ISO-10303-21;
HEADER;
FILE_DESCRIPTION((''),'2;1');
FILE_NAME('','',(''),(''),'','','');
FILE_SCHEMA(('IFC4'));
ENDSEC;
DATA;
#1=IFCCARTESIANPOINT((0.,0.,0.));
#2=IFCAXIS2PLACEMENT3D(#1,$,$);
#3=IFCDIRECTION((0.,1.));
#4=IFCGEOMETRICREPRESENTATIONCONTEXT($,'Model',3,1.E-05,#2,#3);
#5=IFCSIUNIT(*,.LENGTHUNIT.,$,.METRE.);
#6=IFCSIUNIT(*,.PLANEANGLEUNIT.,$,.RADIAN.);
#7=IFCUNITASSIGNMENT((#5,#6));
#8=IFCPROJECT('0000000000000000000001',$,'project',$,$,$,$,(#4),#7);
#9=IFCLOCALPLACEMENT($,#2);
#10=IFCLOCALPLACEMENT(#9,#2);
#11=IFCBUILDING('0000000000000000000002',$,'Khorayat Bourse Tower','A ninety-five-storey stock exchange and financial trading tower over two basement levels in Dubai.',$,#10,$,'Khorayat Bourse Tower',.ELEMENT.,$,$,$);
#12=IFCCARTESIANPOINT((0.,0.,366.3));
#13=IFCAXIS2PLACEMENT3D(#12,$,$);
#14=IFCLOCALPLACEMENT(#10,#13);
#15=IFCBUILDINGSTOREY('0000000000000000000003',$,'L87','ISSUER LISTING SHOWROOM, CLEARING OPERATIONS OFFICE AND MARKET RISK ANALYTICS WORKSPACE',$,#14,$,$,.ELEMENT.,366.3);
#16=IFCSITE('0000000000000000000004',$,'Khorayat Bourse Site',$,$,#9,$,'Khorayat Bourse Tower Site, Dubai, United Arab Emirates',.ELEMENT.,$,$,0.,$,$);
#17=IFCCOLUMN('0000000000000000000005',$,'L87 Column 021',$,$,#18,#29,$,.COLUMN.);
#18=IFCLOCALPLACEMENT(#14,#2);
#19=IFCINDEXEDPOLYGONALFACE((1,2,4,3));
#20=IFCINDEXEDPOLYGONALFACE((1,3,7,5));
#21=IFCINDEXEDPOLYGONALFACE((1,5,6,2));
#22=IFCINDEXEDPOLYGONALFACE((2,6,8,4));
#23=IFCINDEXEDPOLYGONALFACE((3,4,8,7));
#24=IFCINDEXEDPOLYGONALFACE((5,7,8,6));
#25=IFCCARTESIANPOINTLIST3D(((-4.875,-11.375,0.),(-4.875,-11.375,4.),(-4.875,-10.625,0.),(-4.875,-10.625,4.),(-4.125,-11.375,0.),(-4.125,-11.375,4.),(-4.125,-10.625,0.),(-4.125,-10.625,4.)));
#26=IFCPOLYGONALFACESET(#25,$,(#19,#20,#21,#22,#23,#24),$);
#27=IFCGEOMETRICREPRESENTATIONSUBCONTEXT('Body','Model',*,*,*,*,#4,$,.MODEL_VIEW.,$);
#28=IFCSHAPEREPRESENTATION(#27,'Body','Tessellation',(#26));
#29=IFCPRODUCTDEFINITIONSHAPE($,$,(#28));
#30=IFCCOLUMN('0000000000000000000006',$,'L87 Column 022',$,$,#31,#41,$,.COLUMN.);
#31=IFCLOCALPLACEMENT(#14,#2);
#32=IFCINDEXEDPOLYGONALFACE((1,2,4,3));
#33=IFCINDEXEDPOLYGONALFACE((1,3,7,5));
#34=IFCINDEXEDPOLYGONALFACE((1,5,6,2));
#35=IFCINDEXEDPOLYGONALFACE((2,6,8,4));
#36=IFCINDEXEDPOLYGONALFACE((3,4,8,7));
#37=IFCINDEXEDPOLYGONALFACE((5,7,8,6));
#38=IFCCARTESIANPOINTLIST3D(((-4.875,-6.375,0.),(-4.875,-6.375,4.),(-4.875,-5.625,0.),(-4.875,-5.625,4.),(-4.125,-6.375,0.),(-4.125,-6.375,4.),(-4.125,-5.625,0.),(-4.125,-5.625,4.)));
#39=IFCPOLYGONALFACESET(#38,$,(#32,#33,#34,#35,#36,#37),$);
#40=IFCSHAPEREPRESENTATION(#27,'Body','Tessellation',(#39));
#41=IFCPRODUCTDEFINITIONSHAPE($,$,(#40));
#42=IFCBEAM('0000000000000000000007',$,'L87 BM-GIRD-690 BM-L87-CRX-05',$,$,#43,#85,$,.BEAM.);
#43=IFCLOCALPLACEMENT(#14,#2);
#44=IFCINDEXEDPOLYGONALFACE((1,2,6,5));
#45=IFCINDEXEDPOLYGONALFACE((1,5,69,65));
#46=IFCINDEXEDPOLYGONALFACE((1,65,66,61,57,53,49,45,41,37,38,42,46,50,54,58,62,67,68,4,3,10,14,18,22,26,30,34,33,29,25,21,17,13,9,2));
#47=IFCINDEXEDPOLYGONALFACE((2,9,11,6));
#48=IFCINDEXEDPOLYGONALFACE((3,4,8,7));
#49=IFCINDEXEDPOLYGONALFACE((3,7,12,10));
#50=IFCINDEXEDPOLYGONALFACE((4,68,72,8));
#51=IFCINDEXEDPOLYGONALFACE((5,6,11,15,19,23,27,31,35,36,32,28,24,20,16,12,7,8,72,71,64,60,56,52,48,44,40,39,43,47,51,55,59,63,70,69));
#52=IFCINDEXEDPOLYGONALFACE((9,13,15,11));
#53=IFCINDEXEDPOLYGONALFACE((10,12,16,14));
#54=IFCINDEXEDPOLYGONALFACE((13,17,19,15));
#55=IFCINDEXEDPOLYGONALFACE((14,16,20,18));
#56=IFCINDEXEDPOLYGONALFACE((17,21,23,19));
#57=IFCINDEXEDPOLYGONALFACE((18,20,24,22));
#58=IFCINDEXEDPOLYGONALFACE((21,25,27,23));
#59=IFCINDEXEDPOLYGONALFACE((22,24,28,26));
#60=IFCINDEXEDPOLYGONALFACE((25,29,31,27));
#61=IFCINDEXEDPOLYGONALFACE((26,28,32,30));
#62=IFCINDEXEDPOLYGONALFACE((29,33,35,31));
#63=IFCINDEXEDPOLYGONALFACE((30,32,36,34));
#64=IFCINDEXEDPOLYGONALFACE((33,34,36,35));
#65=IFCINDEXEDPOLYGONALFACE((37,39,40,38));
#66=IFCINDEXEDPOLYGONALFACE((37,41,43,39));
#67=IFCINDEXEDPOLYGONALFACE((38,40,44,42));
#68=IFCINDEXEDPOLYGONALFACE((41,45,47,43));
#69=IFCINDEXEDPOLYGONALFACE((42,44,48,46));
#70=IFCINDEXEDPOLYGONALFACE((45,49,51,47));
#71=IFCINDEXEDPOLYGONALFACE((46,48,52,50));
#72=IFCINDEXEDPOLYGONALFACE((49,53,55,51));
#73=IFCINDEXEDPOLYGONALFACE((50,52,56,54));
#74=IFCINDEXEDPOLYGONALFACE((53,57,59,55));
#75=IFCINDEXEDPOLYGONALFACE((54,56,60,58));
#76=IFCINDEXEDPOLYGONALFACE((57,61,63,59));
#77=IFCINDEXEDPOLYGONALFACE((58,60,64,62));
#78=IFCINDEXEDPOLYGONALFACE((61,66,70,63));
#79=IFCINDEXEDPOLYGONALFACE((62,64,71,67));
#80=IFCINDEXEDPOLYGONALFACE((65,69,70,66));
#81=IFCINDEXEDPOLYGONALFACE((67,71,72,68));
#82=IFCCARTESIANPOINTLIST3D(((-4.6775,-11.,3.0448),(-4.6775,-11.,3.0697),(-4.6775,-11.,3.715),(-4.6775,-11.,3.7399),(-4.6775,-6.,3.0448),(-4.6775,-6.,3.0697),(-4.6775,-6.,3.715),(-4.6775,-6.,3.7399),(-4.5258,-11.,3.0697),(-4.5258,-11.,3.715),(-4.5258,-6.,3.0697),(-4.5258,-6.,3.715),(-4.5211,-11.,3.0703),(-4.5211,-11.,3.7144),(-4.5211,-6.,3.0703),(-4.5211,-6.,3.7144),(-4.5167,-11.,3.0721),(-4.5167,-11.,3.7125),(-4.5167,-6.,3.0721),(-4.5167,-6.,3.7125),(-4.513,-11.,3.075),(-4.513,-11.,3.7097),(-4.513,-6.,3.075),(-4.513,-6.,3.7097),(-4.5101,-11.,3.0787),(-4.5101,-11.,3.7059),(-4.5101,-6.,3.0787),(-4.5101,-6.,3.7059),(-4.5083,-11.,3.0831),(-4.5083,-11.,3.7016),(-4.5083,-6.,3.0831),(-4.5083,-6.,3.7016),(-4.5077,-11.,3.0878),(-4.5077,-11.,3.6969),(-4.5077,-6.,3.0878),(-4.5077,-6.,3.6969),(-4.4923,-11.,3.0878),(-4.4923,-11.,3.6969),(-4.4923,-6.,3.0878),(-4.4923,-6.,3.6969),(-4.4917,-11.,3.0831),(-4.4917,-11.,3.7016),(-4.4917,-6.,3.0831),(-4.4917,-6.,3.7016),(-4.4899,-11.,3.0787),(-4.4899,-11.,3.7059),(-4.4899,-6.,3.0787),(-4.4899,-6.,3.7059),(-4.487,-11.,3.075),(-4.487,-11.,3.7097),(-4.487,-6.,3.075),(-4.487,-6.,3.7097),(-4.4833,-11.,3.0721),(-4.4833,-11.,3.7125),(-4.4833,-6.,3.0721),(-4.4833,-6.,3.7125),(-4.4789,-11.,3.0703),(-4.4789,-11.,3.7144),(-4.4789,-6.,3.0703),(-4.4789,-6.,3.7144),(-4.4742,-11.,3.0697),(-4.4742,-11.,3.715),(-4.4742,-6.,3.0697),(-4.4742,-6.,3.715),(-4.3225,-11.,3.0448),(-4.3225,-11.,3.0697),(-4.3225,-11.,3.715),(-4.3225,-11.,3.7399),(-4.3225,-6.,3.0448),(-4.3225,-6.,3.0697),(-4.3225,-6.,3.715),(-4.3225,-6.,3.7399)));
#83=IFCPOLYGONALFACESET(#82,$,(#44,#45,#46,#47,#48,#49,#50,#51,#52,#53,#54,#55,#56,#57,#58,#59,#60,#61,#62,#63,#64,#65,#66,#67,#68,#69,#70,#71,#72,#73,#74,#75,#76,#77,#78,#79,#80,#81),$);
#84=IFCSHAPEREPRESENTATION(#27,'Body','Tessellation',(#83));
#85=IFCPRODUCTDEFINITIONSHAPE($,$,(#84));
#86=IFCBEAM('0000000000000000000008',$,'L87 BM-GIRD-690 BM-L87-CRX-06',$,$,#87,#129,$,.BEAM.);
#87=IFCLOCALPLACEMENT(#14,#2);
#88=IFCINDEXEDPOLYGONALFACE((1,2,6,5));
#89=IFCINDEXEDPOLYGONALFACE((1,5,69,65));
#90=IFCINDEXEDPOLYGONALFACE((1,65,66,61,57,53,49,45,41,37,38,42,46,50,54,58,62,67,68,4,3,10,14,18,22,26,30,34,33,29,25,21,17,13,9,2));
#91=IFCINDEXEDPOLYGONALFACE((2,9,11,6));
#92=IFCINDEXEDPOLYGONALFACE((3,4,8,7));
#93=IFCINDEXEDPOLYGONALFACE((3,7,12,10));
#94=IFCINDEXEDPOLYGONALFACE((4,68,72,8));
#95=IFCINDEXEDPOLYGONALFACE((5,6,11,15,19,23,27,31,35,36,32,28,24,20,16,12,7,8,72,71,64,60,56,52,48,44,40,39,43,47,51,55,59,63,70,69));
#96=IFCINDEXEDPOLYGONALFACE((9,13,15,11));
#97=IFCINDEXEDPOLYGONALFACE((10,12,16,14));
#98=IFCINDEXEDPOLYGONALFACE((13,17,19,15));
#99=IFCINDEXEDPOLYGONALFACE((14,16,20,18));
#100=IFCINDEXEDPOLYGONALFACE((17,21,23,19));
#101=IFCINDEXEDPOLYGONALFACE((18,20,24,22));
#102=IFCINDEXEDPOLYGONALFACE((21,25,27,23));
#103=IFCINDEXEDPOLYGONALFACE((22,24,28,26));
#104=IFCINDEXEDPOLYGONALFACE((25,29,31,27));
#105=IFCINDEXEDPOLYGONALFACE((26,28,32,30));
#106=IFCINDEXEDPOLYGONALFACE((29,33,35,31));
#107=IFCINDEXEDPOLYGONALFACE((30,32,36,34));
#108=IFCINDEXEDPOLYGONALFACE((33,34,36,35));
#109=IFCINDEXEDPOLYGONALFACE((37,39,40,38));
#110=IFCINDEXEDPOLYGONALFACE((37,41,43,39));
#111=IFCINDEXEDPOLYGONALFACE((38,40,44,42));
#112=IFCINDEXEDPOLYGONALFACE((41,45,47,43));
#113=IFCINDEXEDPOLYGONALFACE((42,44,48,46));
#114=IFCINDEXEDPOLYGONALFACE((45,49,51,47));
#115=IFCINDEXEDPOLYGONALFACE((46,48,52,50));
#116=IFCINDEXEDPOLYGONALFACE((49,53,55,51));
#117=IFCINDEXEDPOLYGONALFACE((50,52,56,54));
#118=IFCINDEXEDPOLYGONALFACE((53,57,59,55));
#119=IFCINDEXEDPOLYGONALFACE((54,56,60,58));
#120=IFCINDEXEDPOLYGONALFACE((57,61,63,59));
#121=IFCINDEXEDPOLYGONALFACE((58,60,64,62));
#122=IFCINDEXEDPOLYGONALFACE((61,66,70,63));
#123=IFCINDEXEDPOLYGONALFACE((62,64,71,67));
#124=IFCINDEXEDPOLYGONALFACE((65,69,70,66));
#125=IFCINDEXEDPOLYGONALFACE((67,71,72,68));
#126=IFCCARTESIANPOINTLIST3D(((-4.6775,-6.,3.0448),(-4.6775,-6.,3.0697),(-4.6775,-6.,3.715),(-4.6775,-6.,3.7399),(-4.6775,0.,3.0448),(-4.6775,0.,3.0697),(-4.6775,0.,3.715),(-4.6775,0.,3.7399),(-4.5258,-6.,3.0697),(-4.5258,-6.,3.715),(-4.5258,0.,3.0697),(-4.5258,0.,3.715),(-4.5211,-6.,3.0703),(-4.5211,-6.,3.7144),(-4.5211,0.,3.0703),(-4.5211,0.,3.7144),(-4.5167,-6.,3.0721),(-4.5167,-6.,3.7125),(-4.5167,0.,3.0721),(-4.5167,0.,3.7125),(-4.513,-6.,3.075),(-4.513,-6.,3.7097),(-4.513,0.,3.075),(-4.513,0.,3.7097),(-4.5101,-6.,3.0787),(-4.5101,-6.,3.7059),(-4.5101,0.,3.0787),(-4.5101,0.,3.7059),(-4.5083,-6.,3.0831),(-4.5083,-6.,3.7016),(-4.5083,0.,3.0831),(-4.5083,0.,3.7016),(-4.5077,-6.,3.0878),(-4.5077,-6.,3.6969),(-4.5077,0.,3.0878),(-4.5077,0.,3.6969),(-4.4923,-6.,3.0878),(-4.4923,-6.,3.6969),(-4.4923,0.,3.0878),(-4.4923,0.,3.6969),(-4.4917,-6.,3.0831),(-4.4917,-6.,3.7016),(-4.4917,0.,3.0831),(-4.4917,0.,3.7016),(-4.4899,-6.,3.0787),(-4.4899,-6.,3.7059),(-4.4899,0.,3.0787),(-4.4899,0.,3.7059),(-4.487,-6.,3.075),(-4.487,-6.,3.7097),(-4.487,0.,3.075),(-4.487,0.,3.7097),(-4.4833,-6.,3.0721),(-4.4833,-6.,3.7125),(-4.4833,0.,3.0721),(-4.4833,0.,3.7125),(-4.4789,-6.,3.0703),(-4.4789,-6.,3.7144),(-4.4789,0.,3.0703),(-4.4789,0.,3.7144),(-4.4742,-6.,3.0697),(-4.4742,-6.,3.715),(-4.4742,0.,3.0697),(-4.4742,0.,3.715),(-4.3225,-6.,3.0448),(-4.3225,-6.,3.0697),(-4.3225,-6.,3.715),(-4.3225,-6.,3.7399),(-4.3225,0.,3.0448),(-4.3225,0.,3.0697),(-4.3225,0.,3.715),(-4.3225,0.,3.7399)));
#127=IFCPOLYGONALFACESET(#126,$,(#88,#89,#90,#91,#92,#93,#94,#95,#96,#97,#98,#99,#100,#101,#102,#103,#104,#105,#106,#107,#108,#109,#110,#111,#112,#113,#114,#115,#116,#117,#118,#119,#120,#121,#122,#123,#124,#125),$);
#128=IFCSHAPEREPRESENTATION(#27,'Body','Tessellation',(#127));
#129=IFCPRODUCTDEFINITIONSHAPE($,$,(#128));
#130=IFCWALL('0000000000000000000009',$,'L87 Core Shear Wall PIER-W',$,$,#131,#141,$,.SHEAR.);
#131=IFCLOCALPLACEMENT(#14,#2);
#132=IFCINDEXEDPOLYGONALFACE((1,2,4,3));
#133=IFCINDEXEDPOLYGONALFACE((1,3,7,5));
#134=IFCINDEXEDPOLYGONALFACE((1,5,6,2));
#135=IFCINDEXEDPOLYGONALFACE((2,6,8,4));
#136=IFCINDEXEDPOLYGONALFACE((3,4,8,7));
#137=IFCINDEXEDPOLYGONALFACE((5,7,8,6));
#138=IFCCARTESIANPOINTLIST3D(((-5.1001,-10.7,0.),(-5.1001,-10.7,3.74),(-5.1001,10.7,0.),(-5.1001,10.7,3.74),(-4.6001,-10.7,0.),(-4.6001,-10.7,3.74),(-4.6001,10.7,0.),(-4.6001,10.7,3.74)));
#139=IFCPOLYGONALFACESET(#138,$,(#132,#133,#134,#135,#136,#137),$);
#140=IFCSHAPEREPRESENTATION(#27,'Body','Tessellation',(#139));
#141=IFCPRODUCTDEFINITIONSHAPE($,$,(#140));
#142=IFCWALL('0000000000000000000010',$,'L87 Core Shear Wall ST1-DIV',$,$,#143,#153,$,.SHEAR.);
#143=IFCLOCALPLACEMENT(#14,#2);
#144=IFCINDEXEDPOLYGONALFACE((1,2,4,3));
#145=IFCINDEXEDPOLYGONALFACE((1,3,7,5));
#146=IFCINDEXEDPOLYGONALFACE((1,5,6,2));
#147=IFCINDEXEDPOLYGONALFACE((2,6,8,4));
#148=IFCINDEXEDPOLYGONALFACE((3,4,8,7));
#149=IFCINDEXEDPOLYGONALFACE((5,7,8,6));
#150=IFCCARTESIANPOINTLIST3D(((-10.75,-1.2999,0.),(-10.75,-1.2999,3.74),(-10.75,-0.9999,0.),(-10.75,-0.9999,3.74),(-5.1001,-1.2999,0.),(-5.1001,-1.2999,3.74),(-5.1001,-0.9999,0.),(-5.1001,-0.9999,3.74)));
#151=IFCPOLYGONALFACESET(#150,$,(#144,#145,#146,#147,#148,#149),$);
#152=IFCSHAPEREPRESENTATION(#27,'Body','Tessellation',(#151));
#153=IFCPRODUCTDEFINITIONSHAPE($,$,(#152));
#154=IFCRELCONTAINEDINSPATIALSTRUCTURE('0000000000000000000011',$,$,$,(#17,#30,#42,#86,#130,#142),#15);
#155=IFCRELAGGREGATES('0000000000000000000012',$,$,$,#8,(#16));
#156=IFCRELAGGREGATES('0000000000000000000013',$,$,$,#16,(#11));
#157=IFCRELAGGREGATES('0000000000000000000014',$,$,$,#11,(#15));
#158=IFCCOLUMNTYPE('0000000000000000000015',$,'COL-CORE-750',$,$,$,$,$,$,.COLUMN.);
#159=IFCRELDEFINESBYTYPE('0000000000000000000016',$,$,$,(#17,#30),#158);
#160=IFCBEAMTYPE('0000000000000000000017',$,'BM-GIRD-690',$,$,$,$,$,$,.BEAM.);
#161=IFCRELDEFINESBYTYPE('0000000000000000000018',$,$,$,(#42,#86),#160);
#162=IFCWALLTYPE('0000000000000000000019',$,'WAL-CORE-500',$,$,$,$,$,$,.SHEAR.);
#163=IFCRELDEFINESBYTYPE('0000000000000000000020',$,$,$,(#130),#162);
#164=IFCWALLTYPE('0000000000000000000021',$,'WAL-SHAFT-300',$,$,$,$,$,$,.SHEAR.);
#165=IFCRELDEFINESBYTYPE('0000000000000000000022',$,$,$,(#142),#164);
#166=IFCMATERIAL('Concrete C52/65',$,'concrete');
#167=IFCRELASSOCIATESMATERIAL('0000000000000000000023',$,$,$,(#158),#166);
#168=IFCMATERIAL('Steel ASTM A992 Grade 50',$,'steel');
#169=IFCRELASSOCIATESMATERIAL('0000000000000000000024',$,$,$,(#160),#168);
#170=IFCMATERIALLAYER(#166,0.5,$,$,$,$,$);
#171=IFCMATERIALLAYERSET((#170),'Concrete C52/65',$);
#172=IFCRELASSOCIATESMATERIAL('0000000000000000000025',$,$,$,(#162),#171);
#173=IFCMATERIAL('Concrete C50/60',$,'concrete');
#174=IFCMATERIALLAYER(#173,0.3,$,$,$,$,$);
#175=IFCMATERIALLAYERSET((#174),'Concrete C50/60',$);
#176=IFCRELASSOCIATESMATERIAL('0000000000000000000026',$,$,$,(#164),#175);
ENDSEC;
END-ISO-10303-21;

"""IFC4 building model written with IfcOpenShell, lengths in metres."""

from ifc_helpers import new_model, si_unit, direction, frame, frame_2d, origin, origin_2d, place, context, subcontext, project, spatial, rectangle, i_section, extrude, source, transform, mapped, material, layer, layer_set, material_profile, profile_set, type_object, element, save


model = new_model("IFC4")

# Units and contexts
model_context = context("Model", 3, precision=1e-05, world=origin(), true_north=direction((0.0, 1.0)))
body_context = subcontext(model_context, "Body", "Model", "MODEL_VIEW")
ifc_project = project(units=[si_unit("LENGTHUNIT", "METRE"), si_unit("PLANEANGLEUNIT", "RADIAN")], contexts=[model_context])

# Site, building, storey
site_placement = place(None, origin())
site = spatial("IfcSite", under=ifc_project, at=site_placement, Name="Khorayat Bourse Site", LongName="Khorayat Bourse Tower Site, Dubai, United Arab Emirates", CompositionType="ELEMENT", RefElevation=0.0)
building_placement = place(site_placement, origin())
building = spatial("IfcBuilding", under=site, at=building_placement, Name="Khorayat Bourse Tower", Description="A ninety-five-storey stock exchange and financial trading tower over two basement levels in Dubai.", LongName="Khorayat Bourse Tower", CompositionType="ELEMENT")
storey_placement = place(building_placement, frame((0.0, 0.0, 366.3)))
storey = spatial("IfcBuildingStorey", under=building, at=storey_placement, Name="L87", Description="ISSUER LISTING SHOWROOM, CLEARING OPERATIONS OFFICE AND MARKET RISK ANALYTICS WORKSPACE", CompositionType="ELEMENT", Elevation=366.3)

# Columns
ifc_material_1 = material(Name="Concrete C52/65", Category="concrete")
ifc_material_profile_1 = material_profile(ifc_material_1, rectangle(XDim=0.75, YDim=0.75, at=origin_2d()), Name="RC 750x750")
ifc_profile_set_1 = profile_set([ifc_material_profile_1], Name="Concrete C52/65")
column_type = type_object("IfcColumnType", Name="COL-CORE-750", PredefinedType="COLUMN", material=ifc_profile_set_1)
shared_shape_1 = source(origin(), body_context, "Body", "SweptSolid", [
    extrude(rectangle(XDim=0.75, YDim=0.75, at=origin_2d()), origin(), (0.0, 0.0, 1.0), 4.0),
])
for number, where, z_axis, x_axis, name in (
    (1, (-4.5, -11.0, 0.0), (0.0, 0.0, 1.0), (1.0, 0.0, 0.0), "L87 Column 021"),
    (2, (-4.5, -6.0, 0.0), (0.0, 0.0, 1.0), (1.0, 0.0, 0.0), "L87 Column 022"),
):
    element("IfcColumn", number, at=place(storey_placement, frame(where, z_axis=z_axis, x_axis=x_axis)), inside=storey, type_object=column_type, Name=name, PredefinedType="COLUMN", context=body_context, shape_type="MappedRepresentation", body=[
        mapped(shared_shape_1, transform((0.0, 0.0, 0.0), scale=1.0)),
    ])

# Beams
ifc_material_2 = material(Name="Steel ASTM A992 Grade 50", Category="steel")
ifc_material_profile_2 = material_profile(ifc_material_2, i_section(OverallWidth=0.355, OverallDepth=0.6951, WebThickness=0.0154, FlangeThickness=0.0249, FilletRadius=0.0181, at=origin_2d()), Name="W690X217")
ifc_profile_set_2 = profile_set([ifc_material_profile_2], Name="Steel ASTM A992 Grade 50")
beam_type = type_object("IfcBeamType", Name="BM-GIRD-690", PredefinedType="BEAM", material=ifc_profile_set_2)
shared_shape_2 = source(origin(), body_context, "Body", "SweptSolid", [
    extrude(i_section(OverallWidth=0.355, OverallDepth=0.6951, WebThickness=0.0154, FlangeThickness=0.0249, FilletRadius=0.0181, at=origin_2d()), origin(), (0.0, 0.0, 1.0), 5.0),
])
beam_1_placement = place(storey_placement, frame((-4.5, -11.0, 3.3923), z_axis=(0.0, 1.0, 0.0), x_axis=(-1.0, 0.0, 0.0)))
element("IfcBeam", 3, at=beam_1_placement, inside=storey, type_object=beam_type, Name="L87 BM-GIRD-690 BM-L87-CRX-05", PredefinedType="BEAM", context=body_context, shape_type="MappedRepresentation", body=[
    mapped(shared_shape_2, transform((0.0, 0.0, 0.0), scale=1.0)),
])
shared_shape_3 = source(origin(), body_context, "Body", "SweptSolid", [
    extrude(i_section(OverallWidth=0.355, OverallDepth=0.6951, WebThickness=0.0154, FlangeThickness=0.0249, FilletRadius=0.0181, at=origin_2d()), origin(), (0.0, 0.0, 1.0), 6.0),
])
beam_2_placement = place(storey_placement, frame((-4.5, -6.0, 3.3923), z_axis=(0.0, 1.0, 0.0), x_axis=(-1.0, 0.0, 0.0)))
element("IfcBeam", 4, at=beam_2_placement, inside=storey, type_object=beam_type, Name="L87 BM-GIRD-690 BM-L87-CRX-06", PredefinedType="BEAM", context=body_context, shape_type="MappedRepresentation", body=[
    mapped(shared_shape_3, transform((0.0, 0.0, 0.0), scale=1.0)),
])

# Walls
ifc_layer_1 = layer(ifc_material_1, 0.5)
ifc_layer_set_1 = layer_set([ifc_layer_1], Name="Concrete C52/65")
wall_type_1 = type_object("IfcWallType", Name="WAL-CORE-500", PredefinedType="SHEAR", material=ifc_layer_set_1)
shared_shape_4 = source(origin(), body_context, "Body", "SweptSolid", [
    extrude(rectangle(XDim=21.3999, YDim=0.5, at=frame_2d((10.7, 0.0))), origin(), (0.0, 0.0, 1.0), 3.74),
])
wall_1_placement = place(storey_placement, frame((-4.8501, -10.7, 0.0), z_axis=(0.0, 0.0, 1.0), x_axis=(0.0, 1.0, 0.0)))
element("IfcWall", 5, at=wall_1_placement, inside=storey, type_object=wall_type_1, Name="L87 Core Shear Wall PIER-W", PredefinedType="SHEAR", context=body_context, shape_type="MappedRepresentation", body=[
    mapped(shared_shape_4, transform((0.0, 0.0, 0.0), scale=1.0)),
])
ifc_material_3 = material(Name="Concrete C50/60", Category="concrete")
ifc_layer_2 = layer(ifc_material_3, 0.3)
ifc_layer_set_2 = layer_set([ifc_layer_2], Name="Concrete C50/60")
wall_type_2 = type_object("IfcWallType", Name="WAL-SHAFT-300", PredefinedType="SHEAR", material=ifc_layer_set_2)
shared_shape_5 = source(origin(), body_context, "Body", "SweptSolid", [
    extrude(rectangle(XDim=5.6499, YDim=0.3, at=frame_2d((2.825, 0.0))), origin(), (0.0, 0.0, 1.0), 3.74),
])
wall_2_placement = place(storey_placement, frame((-10.75, -1.1499, 0.0), z_axis=(0.0, 0.0, 1.0), x_axis=(1.0, 0.0, 0.0)))
element("IfcWall", 6, at=wall_2_placement, inside=storey, type_object=wall_type_2, Name="L87 Core Shear Wall ST1-DIV", PredefinedType="SHEAR", context=body_context, shape_type="MappedRepresentation", body=[
    mapped(shared_shape_5, transform((0.0, 0.0, 0.0), scale=1.0)),
])

save(model, "model.ifc")
